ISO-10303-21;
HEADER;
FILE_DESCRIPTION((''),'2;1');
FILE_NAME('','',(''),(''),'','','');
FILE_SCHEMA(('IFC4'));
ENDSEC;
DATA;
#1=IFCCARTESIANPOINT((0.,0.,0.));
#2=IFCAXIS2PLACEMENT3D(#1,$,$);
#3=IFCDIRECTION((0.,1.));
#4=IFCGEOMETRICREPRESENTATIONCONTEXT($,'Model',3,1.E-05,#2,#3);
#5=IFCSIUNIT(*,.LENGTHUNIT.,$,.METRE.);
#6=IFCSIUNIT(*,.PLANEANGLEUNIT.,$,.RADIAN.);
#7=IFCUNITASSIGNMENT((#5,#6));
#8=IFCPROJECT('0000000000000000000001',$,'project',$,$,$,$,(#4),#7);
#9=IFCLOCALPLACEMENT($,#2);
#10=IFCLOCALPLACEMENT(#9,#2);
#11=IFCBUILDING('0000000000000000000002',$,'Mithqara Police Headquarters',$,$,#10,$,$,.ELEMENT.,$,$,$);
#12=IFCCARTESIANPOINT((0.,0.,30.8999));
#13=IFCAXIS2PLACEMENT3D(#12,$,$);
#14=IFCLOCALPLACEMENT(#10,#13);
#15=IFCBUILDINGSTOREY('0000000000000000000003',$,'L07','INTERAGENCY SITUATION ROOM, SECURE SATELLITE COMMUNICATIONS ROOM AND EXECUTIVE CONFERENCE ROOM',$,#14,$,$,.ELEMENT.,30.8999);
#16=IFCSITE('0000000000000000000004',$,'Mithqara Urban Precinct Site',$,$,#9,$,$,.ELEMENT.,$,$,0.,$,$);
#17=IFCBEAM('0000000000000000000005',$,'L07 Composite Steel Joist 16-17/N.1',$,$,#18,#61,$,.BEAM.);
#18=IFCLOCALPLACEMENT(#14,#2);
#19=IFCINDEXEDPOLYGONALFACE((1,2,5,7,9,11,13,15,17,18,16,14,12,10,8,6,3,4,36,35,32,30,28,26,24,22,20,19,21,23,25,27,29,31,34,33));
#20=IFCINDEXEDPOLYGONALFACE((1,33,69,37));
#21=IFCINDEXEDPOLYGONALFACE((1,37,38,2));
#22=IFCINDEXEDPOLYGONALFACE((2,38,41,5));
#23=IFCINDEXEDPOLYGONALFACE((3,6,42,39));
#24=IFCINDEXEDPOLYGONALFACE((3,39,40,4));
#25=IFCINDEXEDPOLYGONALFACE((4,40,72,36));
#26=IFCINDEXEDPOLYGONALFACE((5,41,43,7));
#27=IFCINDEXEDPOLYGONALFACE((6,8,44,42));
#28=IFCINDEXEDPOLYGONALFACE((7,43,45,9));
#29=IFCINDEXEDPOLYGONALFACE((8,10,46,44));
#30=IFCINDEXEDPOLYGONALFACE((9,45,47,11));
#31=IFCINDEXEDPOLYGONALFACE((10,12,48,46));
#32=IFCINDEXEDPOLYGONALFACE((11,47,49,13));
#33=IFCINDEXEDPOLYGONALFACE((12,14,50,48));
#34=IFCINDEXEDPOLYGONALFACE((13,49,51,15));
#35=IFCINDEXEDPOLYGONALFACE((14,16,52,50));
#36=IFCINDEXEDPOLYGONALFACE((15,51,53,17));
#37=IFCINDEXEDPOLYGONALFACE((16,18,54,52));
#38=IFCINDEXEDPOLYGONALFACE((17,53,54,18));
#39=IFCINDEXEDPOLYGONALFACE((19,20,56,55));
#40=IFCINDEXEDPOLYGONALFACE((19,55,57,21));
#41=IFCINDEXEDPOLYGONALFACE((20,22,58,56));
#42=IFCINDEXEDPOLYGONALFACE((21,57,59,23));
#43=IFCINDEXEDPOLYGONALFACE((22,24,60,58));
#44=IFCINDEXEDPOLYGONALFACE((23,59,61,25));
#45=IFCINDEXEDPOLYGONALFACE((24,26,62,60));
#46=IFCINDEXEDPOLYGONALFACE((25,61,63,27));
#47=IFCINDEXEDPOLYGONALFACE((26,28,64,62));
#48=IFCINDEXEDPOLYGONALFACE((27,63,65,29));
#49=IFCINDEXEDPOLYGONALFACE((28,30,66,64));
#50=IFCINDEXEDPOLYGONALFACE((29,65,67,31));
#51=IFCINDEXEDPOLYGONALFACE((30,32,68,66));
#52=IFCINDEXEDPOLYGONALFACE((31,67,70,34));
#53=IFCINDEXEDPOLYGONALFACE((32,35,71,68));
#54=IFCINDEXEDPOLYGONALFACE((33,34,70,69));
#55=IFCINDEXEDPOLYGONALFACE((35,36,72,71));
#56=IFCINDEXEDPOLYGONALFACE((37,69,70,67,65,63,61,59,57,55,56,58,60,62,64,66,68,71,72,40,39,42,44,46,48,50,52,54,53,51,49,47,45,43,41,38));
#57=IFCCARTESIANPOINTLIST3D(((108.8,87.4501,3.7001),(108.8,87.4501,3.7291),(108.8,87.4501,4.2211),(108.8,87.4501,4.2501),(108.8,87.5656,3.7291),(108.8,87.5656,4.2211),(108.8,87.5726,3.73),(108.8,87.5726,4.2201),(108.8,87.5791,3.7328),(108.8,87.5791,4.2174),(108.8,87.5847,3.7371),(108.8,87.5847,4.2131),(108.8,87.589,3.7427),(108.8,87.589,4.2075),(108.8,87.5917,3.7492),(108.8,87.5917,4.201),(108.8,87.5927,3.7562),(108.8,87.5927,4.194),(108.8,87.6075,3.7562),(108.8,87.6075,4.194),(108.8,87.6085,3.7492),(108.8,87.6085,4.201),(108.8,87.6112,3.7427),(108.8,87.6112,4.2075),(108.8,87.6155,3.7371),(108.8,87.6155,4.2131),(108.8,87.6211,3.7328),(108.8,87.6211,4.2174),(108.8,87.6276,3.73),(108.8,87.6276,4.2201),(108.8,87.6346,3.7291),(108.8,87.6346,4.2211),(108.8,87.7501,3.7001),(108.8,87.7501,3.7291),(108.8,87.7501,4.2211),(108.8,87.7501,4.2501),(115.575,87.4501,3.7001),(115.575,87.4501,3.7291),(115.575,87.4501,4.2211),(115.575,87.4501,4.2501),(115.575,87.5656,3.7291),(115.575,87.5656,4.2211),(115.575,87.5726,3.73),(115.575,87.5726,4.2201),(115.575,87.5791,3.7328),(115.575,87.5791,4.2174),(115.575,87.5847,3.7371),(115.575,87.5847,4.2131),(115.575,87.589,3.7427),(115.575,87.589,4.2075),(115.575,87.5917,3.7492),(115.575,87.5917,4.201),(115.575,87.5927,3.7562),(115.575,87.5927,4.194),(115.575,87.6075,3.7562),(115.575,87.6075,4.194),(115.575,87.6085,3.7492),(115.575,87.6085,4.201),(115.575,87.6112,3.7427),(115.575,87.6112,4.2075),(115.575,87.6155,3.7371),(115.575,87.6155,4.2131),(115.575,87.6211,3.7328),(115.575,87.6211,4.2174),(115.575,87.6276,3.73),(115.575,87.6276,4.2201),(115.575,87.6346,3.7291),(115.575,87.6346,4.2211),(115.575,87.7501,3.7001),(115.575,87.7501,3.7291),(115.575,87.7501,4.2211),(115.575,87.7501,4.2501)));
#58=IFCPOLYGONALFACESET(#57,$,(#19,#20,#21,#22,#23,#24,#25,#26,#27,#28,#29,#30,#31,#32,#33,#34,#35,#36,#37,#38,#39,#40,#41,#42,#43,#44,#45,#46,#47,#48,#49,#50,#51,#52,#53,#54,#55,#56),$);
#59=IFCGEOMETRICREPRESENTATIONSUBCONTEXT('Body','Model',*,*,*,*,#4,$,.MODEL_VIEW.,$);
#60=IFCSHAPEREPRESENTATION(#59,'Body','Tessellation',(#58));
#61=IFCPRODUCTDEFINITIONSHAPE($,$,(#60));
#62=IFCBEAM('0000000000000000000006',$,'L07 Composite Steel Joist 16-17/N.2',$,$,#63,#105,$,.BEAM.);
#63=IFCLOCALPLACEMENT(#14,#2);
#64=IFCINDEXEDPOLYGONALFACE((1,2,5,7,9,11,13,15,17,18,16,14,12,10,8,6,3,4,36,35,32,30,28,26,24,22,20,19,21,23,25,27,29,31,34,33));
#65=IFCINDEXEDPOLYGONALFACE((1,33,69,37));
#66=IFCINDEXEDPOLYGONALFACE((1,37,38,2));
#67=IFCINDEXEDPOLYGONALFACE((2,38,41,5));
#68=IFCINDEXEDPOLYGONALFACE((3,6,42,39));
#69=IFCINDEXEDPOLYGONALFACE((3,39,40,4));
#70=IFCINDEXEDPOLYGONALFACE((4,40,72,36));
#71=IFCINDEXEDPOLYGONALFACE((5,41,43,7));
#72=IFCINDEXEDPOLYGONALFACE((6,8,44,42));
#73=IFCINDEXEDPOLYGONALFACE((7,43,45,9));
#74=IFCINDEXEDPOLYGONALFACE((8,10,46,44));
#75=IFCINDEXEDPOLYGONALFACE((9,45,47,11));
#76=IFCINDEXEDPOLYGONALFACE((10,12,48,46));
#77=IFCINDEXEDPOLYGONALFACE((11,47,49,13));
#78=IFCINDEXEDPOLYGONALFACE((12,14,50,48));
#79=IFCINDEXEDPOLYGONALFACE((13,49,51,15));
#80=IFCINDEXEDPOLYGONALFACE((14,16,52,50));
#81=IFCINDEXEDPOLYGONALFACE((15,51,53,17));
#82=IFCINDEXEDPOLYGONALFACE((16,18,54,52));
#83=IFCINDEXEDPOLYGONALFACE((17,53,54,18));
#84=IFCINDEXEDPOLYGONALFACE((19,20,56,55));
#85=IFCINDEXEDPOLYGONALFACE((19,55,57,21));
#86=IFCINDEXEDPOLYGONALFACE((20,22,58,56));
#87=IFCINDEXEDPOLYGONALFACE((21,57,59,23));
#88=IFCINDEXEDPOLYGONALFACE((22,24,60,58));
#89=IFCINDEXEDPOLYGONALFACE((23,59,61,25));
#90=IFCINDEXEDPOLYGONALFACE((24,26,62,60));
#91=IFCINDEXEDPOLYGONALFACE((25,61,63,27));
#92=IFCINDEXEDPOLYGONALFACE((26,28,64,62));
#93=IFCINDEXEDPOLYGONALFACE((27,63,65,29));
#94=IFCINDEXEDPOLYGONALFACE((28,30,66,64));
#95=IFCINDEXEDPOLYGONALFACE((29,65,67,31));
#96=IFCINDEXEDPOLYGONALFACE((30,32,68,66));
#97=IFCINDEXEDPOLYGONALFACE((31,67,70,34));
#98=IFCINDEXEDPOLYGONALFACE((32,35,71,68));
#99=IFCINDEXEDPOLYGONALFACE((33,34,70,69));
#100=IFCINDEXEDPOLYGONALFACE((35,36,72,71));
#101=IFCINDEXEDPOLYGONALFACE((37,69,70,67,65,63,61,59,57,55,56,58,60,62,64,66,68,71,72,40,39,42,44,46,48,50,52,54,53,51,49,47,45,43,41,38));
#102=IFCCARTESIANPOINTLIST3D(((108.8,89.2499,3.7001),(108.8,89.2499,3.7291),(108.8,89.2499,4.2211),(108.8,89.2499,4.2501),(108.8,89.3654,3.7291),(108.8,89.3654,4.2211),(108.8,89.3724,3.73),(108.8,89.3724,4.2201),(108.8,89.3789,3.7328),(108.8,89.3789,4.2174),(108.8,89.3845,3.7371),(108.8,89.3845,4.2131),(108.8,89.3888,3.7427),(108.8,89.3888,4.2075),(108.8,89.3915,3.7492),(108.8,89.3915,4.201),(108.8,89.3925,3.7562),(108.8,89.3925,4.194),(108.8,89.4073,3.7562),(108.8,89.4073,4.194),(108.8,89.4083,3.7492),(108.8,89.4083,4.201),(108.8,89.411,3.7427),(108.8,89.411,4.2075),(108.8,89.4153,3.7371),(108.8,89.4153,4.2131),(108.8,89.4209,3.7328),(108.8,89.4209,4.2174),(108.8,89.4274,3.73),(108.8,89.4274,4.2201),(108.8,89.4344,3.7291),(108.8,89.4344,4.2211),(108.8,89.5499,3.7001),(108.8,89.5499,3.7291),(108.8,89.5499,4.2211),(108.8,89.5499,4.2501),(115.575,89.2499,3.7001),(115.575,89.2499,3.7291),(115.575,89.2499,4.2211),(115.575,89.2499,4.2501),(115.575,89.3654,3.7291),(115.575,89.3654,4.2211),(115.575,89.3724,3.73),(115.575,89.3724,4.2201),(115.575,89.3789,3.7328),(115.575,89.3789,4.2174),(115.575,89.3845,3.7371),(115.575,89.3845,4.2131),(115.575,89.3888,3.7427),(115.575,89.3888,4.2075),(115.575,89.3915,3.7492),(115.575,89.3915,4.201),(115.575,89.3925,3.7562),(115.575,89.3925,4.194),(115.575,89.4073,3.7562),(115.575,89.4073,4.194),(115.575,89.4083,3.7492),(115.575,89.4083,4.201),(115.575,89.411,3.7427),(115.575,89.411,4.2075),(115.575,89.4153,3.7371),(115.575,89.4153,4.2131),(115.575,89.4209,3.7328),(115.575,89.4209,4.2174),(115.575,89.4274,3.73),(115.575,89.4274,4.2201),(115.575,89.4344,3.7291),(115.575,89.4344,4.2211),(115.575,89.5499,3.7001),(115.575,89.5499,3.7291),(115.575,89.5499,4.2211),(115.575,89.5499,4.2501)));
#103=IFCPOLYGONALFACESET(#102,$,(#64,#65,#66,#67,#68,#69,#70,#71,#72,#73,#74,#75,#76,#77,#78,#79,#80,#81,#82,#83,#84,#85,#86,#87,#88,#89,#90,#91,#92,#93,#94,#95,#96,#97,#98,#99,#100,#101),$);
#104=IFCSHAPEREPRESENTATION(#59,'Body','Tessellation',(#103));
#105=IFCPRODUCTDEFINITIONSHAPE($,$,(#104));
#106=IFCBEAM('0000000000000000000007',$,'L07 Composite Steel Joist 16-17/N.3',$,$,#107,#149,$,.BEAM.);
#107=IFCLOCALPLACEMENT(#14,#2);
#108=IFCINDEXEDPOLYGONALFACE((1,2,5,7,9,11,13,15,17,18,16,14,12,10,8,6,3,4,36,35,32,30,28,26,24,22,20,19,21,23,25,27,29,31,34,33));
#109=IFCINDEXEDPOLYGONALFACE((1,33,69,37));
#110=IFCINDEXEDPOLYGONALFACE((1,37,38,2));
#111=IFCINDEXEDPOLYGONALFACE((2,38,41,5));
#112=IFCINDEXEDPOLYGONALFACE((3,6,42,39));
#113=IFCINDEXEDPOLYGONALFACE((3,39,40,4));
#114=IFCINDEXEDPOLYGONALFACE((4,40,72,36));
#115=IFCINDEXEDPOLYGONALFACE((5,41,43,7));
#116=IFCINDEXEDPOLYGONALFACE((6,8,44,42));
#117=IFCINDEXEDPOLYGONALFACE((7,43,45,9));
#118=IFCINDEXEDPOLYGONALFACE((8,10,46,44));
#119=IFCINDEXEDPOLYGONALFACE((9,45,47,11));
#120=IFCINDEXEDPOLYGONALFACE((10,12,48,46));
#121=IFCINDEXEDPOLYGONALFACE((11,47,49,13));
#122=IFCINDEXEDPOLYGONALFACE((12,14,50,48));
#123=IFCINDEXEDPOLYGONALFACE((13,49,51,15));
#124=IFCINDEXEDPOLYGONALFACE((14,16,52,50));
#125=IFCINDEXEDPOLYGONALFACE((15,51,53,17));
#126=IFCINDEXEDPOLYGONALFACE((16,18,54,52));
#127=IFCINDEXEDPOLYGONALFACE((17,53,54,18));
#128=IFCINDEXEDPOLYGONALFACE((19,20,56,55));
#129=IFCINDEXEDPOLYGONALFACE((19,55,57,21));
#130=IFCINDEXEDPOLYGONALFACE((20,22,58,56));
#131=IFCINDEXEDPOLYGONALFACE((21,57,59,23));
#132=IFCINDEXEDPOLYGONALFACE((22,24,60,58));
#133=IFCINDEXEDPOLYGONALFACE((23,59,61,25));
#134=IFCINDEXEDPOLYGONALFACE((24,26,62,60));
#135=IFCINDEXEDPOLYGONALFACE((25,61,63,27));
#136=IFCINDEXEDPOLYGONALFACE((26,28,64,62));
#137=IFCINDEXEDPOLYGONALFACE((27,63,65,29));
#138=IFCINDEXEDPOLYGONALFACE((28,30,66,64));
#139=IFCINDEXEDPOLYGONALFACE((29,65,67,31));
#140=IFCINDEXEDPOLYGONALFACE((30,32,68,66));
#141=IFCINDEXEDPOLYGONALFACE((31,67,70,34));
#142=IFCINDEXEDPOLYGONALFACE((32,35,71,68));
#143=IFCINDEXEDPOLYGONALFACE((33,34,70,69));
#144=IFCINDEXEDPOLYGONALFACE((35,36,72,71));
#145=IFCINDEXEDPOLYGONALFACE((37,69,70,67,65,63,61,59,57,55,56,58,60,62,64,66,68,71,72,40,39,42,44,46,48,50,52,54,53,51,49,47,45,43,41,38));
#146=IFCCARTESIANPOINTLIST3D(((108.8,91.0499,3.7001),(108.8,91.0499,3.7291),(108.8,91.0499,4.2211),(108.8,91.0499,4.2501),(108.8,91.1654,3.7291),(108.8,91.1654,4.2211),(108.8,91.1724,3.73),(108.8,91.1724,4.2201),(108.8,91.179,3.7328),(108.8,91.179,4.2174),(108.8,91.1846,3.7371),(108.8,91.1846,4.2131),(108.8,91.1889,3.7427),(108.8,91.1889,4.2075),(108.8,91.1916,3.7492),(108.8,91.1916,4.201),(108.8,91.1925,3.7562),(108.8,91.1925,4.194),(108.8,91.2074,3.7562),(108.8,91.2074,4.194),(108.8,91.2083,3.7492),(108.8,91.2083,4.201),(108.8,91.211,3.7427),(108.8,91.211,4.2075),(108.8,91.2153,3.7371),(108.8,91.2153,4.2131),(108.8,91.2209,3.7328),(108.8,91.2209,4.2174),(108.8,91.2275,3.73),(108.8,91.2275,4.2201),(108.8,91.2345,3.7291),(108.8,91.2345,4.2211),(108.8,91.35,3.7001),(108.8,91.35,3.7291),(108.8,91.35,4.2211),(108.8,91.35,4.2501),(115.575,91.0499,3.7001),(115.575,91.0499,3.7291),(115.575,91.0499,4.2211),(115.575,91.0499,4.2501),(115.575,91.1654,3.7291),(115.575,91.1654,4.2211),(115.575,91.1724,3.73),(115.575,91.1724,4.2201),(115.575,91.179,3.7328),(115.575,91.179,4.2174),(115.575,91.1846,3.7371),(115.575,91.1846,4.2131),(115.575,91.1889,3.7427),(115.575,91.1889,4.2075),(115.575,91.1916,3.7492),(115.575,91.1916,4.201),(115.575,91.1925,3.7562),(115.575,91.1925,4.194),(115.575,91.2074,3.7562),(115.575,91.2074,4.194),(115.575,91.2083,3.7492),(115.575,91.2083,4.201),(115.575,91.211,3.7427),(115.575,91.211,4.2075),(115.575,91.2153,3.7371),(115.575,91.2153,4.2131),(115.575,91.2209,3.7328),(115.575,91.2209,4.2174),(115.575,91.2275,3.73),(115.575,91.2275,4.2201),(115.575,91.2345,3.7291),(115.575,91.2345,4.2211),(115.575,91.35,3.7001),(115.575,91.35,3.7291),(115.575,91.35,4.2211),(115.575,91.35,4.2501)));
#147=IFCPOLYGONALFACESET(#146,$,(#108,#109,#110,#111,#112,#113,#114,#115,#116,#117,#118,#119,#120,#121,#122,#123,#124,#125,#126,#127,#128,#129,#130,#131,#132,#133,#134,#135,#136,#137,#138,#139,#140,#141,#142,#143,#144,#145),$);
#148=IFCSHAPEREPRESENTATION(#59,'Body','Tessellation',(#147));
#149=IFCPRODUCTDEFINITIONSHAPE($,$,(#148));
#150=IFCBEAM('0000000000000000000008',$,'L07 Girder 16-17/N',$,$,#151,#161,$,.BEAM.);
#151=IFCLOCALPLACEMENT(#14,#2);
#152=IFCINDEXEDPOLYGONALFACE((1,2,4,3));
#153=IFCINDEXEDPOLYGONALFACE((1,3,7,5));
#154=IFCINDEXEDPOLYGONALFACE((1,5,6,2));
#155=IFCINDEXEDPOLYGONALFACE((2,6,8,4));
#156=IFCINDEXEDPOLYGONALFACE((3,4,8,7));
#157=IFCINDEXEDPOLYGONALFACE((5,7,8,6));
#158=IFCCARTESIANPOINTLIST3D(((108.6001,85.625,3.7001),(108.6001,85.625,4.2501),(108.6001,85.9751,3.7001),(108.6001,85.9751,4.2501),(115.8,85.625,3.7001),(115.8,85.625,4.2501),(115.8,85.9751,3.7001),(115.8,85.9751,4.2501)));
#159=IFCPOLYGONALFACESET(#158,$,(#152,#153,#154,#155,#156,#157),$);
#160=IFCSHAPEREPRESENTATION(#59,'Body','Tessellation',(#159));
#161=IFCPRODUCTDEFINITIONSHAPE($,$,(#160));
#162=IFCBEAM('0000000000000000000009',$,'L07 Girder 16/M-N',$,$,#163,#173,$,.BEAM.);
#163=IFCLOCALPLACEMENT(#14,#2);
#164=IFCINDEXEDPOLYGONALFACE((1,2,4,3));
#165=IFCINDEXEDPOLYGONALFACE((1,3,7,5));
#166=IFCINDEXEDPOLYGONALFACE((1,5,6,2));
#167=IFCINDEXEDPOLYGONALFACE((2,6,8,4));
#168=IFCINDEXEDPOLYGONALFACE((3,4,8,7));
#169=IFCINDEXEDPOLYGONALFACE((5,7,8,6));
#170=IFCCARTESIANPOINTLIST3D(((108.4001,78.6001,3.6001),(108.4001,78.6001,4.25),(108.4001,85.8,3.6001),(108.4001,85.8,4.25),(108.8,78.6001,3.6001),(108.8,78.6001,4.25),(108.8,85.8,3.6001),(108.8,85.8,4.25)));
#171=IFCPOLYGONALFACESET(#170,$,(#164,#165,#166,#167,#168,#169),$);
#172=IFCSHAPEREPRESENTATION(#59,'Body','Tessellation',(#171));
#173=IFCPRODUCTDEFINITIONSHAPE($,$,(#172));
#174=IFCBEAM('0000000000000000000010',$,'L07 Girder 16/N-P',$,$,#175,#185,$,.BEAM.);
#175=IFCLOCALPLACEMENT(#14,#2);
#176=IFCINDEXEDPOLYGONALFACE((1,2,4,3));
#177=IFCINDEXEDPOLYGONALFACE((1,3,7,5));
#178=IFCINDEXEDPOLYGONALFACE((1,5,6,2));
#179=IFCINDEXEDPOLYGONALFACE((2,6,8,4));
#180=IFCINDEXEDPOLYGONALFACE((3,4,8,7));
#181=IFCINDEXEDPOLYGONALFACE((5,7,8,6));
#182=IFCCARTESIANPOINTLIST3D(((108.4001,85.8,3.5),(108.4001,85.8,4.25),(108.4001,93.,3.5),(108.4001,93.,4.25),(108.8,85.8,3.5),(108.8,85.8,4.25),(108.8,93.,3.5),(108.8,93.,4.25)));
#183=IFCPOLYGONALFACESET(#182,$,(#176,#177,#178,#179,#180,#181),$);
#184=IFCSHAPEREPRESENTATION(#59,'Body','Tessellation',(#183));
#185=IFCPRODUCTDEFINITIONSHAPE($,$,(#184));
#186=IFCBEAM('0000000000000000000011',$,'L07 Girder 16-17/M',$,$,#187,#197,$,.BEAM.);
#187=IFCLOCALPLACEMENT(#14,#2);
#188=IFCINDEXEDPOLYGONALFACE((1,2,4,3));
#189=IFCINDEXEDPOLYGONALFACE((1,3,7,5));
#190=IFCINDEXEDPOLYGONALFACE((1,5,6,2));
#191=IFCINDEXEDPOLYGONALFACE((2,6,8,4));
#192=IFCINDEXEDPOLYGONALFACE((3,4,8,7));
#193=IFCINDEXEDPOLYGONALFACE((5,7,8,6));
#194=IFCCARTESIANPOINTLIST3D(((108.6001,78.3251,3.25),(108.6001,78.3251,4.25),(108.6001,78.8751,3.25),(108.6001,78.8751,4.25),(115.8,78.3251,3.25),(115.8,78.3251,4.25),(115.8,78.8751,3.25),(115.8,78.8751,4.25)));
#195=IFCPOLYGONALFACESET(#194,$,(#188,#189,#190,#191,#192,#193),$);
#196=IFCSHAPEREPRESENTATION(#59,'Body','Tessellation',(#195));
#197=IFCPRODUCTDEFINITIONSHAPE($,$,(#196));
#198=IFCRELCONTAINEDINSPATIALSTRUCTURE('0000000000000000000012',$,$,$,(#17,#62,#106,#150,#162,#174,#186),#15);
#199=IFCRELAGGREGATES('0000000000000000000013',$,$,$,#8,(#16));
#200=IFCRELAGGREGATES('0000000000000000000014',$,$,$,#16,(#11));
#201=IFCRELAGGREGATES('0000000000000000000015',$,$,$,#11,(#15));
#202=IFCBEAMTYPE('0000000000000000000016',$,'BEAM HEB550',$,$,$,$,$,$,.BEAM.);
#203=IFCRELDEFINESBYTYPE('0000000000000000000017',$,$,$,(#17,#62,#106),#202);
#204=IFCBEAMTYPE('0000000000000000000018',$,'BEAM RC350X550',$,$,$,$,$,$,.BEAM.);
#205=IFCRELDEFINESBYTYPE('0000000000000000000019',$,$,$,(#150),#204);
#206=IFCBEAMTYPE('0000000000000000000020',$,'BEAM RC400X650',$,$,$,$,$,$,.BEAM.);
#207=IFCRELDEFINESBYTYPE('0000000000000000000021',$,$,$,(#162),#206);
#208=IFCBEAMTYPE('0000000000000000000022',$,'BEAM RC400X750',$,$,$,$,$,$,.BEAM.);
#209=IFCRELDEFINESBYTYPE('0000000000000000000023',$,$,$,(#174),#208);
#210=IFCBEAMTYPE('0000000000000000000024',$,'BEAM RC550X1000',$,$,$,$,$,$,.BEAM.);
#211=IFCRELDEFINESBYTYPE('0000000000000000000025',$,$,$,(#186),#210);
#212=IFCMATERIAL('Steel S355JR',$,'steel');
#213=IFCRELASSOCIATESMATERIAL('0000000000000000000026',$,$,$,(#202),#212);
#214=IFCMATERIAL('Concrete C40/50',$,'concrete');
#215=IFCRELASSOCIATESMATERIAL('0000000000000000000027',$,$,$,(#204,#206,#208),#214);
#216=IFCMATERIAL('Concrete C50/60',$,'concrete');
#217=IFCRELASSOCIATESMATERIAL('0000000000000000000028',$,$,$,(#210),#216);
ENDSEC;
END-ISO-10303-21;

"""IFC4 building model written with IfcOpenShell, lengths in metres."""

from ifc_helpers import new_model, si_unit, direction, frame, origin, origin_2d, place, context, subcontext, project, spatial, rectangle, i_section, extrude, material, material_profile, profile_set, type_object, element, save


model = new_model("IFC4")

# Units and contexts
model_context = context("Model", 3, precision=1e-05, world=origin(), true_north=direction((0.0, 1.0)))
body_context = subcontext(model_context, "Body", "Model", "MODEL_VIEW")
ifc_project = project(units=[si_unit("LENGTHUNIT", "METRE"), si_unit("PLANEANGLEUNIT", "RADIAN")], contexts=[model_context])

# Site, building, storey
site_placement = place(None, origin())
site = spatial("IfcSite", under=ifc_project, at=site_placement, Name="Mithqara Urban Precinct Site", CompositionType="ELEMENT", RefElevation=0.0)
building_placement = place(site_placement, origin())
building = spatial("IfcBuilding", under=site, at=building_placement, Name="Mithqara Police Headquarters", CompositionType="ELEMENT")
storey_placement = place(building_placement, frame((0.0, 0.0, 30.8999)))
storey = spatial("IfcBuildingStorey", under=building, at=storey_placement, Name="L07", Description="INTERAGENCY SITUATION ROOM, SECURE SATELLITE COMMUNICATIONS ROOM AND EXECUTIVE CONFERENCE ROOM", CompositionType="ELEMENT", Elevation=30.8999)

# Shared definitions
ifc_material_1 = material(Name="Concrete C50/60", Category="concrete")

# Beams
ifc_material_2 = material(Name="Steel S355JR", Category="steel")
ifc_material_profile_1 = material_profile(ifc_material_2, i_section(OverallWidth=0.3, OverallDepth=0.55, WebThickness=0.0149, FlangeThickness=0.0291, FilletRadius=0.0271, at=origin_2d()), Name="HEB 550")
ifc_profile_set_1 = profile_set([ifc_material_profile_1], Name="Steel S355JR")
beam_type_1 = type_object("IfcBeamType", Name="BEAM HEB550", PredefinedType="BEAM", material=ifc_profile_set_1)
for number, where, z_axis, x_axis, name in (
    (1, (108.8, 87.6001, 3.9751), (1.0, 0.0, 0.0), (0.0, 1.0, 0.0), "L07 Composite Steel Joist 16-17/N.1"),
    (2, (108.8, 89.3999, 3.9751), (1.0, 0.0, 0.0), (0.0, 1.0, 0.0), "L07 Composite Steel Joist 16-17/N.2"),
    (3, (108.8, 91.2, 3.9751), (1.0, 0.0, 0.0), (0.0, 1.0, 0.0), "L07 Composite Steel Joist 16-17/N.3"),
):
    element("IfcBeam", number, at=place(storey_placement, frame(where, z_axis=z_axis, x_axis=x_axis)), inside=storey, type_object=beam_type_1, Name=name, PredefinedType="BEAM", context=body_context, shape_type="SweptSolid", body=[
        extrude(i_section(OverallWidth=0.3, OverallDepth=0.55, WebThickness=0.0149, FlangeThickness=0.0291, FilletRadius=0.0271, at=origin_2d()), origin(), (0.0, 0.0, 1.0), 6.7749),
    ])
ifc_material_3 = material(Name="Concrete C40/50", Category="concrete")
ifc_material_profile_2 = material_profile(ifc_material_3, rectangle(XDim=0.3501, YDim=0.55, at=origin_2d()), Name="RC 350x550")
ifc_profile_set_2 = profile_set([ifc_material_profile_2], Name="Concrete C40/50")
beam_type_2 = type_object("IfcBeamType", Name="BEAM RC350X550", PredefinedType="BEAM", material=ifc_profile_set_2)
beam_1_placement = place(storey_placement, frame((108.6001, 85.8, 3.9751), z_axis=(1.0, 0.0, 0.0), x_axis=(0.0, 1.0, 0.0)))
element("IfcBeam", 4, at=beam_1_placement, inside=storey, type_object=beam_type_2, Name="L07 Girder 16-17/N", PredefinedType="BEAM", context=body_context, shape_type="SweptSolid", body=[
    extrude(rectangle(XDim=0.3501, YDim=0.55, at=origin_2d()), origin(), (0.0, 0.0, 1.0), 7.2),
])
ifc_material_profile_3 = material_profile(ifc_material_3, rectangle(XDim=0.3999, YDim=0.6499, at=origin_2d()), Name="RC 400x650")
ifc_profile_set_3 = profile_set([ifc_material_profile_3], Name="Concrete C40/50")
beam_type_3 = type_object("IfcBeamType", Name="BEAM RC400X650", PredefinedType="BEAM", material=ifc_profile_set_3)
beam_2_placement = place(storey_placement, frame((108.6001, 78.6001, 3.925), z_axis=(0.0, 1.0, 0.0), x_axis=(-1.0, 0.0, 0.0)))
element("IfcBeam", 5, at=beam_2_placement, inside=storey, type_object=beam_type_3, Name="L07 Girder 16/M-N", PredefinedType="BEAM", context=body_context, shape_type="SweptSolid", body=[
    extrude(rectangle(XDim=0.3999, YDim=0.6499, at=origin_2d()), origin(), (0.0, 0.0, 1.0), 7.2),
])
ifc_material_profile_4 = material_profile(ifc_material_3, rectangle(XDim=0.3999, YDim=0.75, at=origin_2d()), Name="RC 400x750")
ifc_profile_set_4 = profile_set([ifc_material_profile_4], Name="Concrete C40/50")
beam_type_4 = type_object("IfcBeamType", Name="BEAM RC400X750", PredefinedType="BEAM", material=ifc_profile_set_4)
beam_3_placement = place(storey_placement, frame((108.6001, 85.8, 3.875), z_axis=(0.0, 1.0, 0.0), x_axis=(-1.0, 0.0, 0.0)))
element("IfcBeam", 6, at=beam_3_placement, inside=storey, type_object=beam_type_4, Name="L07 Girder 16/N-P", PredefinedType="BEAM", context=body_context, shape_type="SweptSolid", body=[
    extrude(rectangle(XDim=0.3999, YDim=0.75, at=origin_2d()), origin(), (0.0, 0.0, 1.0), 7.2),
])
ifc_material_profile_5 = material_profile(ifc_material_1, rectangle(XDim=0.55, YDim=1.0, at=origin_2d()), Name="RC 550x1000")
ifc_profile_set_5 = profile_set([ifc_material_profile_5], Name="Concrete C50/60")
beam_type_5 = type_object("IfcBeamType", Name="BEAM RC550X1000", PredefinedType="BEAM", material=ifc_profile_set_5)
beam_4_placement = place(storey_placement, frame((108.6001, 78.6001, 3.75), z_axis=(1.0, 0.0, 0.0), x_axis=(0.0, 1.0, 0.0)))
element("IfcBeam", 7, at=beam_4_placement, inside=storey, type_object=beam_type_5, Name="L07 Girder 16-17/M", PredefinedType="BEAM", context=body_context, shape_type="SweptSolid", body=[
    extrude(rectangle(XDim=0.55, YDim=1.0, at=origin_2d()), origin(), (0.0, 0.0, 1.0), 7.2),
])

save(model, "model.ifc")
